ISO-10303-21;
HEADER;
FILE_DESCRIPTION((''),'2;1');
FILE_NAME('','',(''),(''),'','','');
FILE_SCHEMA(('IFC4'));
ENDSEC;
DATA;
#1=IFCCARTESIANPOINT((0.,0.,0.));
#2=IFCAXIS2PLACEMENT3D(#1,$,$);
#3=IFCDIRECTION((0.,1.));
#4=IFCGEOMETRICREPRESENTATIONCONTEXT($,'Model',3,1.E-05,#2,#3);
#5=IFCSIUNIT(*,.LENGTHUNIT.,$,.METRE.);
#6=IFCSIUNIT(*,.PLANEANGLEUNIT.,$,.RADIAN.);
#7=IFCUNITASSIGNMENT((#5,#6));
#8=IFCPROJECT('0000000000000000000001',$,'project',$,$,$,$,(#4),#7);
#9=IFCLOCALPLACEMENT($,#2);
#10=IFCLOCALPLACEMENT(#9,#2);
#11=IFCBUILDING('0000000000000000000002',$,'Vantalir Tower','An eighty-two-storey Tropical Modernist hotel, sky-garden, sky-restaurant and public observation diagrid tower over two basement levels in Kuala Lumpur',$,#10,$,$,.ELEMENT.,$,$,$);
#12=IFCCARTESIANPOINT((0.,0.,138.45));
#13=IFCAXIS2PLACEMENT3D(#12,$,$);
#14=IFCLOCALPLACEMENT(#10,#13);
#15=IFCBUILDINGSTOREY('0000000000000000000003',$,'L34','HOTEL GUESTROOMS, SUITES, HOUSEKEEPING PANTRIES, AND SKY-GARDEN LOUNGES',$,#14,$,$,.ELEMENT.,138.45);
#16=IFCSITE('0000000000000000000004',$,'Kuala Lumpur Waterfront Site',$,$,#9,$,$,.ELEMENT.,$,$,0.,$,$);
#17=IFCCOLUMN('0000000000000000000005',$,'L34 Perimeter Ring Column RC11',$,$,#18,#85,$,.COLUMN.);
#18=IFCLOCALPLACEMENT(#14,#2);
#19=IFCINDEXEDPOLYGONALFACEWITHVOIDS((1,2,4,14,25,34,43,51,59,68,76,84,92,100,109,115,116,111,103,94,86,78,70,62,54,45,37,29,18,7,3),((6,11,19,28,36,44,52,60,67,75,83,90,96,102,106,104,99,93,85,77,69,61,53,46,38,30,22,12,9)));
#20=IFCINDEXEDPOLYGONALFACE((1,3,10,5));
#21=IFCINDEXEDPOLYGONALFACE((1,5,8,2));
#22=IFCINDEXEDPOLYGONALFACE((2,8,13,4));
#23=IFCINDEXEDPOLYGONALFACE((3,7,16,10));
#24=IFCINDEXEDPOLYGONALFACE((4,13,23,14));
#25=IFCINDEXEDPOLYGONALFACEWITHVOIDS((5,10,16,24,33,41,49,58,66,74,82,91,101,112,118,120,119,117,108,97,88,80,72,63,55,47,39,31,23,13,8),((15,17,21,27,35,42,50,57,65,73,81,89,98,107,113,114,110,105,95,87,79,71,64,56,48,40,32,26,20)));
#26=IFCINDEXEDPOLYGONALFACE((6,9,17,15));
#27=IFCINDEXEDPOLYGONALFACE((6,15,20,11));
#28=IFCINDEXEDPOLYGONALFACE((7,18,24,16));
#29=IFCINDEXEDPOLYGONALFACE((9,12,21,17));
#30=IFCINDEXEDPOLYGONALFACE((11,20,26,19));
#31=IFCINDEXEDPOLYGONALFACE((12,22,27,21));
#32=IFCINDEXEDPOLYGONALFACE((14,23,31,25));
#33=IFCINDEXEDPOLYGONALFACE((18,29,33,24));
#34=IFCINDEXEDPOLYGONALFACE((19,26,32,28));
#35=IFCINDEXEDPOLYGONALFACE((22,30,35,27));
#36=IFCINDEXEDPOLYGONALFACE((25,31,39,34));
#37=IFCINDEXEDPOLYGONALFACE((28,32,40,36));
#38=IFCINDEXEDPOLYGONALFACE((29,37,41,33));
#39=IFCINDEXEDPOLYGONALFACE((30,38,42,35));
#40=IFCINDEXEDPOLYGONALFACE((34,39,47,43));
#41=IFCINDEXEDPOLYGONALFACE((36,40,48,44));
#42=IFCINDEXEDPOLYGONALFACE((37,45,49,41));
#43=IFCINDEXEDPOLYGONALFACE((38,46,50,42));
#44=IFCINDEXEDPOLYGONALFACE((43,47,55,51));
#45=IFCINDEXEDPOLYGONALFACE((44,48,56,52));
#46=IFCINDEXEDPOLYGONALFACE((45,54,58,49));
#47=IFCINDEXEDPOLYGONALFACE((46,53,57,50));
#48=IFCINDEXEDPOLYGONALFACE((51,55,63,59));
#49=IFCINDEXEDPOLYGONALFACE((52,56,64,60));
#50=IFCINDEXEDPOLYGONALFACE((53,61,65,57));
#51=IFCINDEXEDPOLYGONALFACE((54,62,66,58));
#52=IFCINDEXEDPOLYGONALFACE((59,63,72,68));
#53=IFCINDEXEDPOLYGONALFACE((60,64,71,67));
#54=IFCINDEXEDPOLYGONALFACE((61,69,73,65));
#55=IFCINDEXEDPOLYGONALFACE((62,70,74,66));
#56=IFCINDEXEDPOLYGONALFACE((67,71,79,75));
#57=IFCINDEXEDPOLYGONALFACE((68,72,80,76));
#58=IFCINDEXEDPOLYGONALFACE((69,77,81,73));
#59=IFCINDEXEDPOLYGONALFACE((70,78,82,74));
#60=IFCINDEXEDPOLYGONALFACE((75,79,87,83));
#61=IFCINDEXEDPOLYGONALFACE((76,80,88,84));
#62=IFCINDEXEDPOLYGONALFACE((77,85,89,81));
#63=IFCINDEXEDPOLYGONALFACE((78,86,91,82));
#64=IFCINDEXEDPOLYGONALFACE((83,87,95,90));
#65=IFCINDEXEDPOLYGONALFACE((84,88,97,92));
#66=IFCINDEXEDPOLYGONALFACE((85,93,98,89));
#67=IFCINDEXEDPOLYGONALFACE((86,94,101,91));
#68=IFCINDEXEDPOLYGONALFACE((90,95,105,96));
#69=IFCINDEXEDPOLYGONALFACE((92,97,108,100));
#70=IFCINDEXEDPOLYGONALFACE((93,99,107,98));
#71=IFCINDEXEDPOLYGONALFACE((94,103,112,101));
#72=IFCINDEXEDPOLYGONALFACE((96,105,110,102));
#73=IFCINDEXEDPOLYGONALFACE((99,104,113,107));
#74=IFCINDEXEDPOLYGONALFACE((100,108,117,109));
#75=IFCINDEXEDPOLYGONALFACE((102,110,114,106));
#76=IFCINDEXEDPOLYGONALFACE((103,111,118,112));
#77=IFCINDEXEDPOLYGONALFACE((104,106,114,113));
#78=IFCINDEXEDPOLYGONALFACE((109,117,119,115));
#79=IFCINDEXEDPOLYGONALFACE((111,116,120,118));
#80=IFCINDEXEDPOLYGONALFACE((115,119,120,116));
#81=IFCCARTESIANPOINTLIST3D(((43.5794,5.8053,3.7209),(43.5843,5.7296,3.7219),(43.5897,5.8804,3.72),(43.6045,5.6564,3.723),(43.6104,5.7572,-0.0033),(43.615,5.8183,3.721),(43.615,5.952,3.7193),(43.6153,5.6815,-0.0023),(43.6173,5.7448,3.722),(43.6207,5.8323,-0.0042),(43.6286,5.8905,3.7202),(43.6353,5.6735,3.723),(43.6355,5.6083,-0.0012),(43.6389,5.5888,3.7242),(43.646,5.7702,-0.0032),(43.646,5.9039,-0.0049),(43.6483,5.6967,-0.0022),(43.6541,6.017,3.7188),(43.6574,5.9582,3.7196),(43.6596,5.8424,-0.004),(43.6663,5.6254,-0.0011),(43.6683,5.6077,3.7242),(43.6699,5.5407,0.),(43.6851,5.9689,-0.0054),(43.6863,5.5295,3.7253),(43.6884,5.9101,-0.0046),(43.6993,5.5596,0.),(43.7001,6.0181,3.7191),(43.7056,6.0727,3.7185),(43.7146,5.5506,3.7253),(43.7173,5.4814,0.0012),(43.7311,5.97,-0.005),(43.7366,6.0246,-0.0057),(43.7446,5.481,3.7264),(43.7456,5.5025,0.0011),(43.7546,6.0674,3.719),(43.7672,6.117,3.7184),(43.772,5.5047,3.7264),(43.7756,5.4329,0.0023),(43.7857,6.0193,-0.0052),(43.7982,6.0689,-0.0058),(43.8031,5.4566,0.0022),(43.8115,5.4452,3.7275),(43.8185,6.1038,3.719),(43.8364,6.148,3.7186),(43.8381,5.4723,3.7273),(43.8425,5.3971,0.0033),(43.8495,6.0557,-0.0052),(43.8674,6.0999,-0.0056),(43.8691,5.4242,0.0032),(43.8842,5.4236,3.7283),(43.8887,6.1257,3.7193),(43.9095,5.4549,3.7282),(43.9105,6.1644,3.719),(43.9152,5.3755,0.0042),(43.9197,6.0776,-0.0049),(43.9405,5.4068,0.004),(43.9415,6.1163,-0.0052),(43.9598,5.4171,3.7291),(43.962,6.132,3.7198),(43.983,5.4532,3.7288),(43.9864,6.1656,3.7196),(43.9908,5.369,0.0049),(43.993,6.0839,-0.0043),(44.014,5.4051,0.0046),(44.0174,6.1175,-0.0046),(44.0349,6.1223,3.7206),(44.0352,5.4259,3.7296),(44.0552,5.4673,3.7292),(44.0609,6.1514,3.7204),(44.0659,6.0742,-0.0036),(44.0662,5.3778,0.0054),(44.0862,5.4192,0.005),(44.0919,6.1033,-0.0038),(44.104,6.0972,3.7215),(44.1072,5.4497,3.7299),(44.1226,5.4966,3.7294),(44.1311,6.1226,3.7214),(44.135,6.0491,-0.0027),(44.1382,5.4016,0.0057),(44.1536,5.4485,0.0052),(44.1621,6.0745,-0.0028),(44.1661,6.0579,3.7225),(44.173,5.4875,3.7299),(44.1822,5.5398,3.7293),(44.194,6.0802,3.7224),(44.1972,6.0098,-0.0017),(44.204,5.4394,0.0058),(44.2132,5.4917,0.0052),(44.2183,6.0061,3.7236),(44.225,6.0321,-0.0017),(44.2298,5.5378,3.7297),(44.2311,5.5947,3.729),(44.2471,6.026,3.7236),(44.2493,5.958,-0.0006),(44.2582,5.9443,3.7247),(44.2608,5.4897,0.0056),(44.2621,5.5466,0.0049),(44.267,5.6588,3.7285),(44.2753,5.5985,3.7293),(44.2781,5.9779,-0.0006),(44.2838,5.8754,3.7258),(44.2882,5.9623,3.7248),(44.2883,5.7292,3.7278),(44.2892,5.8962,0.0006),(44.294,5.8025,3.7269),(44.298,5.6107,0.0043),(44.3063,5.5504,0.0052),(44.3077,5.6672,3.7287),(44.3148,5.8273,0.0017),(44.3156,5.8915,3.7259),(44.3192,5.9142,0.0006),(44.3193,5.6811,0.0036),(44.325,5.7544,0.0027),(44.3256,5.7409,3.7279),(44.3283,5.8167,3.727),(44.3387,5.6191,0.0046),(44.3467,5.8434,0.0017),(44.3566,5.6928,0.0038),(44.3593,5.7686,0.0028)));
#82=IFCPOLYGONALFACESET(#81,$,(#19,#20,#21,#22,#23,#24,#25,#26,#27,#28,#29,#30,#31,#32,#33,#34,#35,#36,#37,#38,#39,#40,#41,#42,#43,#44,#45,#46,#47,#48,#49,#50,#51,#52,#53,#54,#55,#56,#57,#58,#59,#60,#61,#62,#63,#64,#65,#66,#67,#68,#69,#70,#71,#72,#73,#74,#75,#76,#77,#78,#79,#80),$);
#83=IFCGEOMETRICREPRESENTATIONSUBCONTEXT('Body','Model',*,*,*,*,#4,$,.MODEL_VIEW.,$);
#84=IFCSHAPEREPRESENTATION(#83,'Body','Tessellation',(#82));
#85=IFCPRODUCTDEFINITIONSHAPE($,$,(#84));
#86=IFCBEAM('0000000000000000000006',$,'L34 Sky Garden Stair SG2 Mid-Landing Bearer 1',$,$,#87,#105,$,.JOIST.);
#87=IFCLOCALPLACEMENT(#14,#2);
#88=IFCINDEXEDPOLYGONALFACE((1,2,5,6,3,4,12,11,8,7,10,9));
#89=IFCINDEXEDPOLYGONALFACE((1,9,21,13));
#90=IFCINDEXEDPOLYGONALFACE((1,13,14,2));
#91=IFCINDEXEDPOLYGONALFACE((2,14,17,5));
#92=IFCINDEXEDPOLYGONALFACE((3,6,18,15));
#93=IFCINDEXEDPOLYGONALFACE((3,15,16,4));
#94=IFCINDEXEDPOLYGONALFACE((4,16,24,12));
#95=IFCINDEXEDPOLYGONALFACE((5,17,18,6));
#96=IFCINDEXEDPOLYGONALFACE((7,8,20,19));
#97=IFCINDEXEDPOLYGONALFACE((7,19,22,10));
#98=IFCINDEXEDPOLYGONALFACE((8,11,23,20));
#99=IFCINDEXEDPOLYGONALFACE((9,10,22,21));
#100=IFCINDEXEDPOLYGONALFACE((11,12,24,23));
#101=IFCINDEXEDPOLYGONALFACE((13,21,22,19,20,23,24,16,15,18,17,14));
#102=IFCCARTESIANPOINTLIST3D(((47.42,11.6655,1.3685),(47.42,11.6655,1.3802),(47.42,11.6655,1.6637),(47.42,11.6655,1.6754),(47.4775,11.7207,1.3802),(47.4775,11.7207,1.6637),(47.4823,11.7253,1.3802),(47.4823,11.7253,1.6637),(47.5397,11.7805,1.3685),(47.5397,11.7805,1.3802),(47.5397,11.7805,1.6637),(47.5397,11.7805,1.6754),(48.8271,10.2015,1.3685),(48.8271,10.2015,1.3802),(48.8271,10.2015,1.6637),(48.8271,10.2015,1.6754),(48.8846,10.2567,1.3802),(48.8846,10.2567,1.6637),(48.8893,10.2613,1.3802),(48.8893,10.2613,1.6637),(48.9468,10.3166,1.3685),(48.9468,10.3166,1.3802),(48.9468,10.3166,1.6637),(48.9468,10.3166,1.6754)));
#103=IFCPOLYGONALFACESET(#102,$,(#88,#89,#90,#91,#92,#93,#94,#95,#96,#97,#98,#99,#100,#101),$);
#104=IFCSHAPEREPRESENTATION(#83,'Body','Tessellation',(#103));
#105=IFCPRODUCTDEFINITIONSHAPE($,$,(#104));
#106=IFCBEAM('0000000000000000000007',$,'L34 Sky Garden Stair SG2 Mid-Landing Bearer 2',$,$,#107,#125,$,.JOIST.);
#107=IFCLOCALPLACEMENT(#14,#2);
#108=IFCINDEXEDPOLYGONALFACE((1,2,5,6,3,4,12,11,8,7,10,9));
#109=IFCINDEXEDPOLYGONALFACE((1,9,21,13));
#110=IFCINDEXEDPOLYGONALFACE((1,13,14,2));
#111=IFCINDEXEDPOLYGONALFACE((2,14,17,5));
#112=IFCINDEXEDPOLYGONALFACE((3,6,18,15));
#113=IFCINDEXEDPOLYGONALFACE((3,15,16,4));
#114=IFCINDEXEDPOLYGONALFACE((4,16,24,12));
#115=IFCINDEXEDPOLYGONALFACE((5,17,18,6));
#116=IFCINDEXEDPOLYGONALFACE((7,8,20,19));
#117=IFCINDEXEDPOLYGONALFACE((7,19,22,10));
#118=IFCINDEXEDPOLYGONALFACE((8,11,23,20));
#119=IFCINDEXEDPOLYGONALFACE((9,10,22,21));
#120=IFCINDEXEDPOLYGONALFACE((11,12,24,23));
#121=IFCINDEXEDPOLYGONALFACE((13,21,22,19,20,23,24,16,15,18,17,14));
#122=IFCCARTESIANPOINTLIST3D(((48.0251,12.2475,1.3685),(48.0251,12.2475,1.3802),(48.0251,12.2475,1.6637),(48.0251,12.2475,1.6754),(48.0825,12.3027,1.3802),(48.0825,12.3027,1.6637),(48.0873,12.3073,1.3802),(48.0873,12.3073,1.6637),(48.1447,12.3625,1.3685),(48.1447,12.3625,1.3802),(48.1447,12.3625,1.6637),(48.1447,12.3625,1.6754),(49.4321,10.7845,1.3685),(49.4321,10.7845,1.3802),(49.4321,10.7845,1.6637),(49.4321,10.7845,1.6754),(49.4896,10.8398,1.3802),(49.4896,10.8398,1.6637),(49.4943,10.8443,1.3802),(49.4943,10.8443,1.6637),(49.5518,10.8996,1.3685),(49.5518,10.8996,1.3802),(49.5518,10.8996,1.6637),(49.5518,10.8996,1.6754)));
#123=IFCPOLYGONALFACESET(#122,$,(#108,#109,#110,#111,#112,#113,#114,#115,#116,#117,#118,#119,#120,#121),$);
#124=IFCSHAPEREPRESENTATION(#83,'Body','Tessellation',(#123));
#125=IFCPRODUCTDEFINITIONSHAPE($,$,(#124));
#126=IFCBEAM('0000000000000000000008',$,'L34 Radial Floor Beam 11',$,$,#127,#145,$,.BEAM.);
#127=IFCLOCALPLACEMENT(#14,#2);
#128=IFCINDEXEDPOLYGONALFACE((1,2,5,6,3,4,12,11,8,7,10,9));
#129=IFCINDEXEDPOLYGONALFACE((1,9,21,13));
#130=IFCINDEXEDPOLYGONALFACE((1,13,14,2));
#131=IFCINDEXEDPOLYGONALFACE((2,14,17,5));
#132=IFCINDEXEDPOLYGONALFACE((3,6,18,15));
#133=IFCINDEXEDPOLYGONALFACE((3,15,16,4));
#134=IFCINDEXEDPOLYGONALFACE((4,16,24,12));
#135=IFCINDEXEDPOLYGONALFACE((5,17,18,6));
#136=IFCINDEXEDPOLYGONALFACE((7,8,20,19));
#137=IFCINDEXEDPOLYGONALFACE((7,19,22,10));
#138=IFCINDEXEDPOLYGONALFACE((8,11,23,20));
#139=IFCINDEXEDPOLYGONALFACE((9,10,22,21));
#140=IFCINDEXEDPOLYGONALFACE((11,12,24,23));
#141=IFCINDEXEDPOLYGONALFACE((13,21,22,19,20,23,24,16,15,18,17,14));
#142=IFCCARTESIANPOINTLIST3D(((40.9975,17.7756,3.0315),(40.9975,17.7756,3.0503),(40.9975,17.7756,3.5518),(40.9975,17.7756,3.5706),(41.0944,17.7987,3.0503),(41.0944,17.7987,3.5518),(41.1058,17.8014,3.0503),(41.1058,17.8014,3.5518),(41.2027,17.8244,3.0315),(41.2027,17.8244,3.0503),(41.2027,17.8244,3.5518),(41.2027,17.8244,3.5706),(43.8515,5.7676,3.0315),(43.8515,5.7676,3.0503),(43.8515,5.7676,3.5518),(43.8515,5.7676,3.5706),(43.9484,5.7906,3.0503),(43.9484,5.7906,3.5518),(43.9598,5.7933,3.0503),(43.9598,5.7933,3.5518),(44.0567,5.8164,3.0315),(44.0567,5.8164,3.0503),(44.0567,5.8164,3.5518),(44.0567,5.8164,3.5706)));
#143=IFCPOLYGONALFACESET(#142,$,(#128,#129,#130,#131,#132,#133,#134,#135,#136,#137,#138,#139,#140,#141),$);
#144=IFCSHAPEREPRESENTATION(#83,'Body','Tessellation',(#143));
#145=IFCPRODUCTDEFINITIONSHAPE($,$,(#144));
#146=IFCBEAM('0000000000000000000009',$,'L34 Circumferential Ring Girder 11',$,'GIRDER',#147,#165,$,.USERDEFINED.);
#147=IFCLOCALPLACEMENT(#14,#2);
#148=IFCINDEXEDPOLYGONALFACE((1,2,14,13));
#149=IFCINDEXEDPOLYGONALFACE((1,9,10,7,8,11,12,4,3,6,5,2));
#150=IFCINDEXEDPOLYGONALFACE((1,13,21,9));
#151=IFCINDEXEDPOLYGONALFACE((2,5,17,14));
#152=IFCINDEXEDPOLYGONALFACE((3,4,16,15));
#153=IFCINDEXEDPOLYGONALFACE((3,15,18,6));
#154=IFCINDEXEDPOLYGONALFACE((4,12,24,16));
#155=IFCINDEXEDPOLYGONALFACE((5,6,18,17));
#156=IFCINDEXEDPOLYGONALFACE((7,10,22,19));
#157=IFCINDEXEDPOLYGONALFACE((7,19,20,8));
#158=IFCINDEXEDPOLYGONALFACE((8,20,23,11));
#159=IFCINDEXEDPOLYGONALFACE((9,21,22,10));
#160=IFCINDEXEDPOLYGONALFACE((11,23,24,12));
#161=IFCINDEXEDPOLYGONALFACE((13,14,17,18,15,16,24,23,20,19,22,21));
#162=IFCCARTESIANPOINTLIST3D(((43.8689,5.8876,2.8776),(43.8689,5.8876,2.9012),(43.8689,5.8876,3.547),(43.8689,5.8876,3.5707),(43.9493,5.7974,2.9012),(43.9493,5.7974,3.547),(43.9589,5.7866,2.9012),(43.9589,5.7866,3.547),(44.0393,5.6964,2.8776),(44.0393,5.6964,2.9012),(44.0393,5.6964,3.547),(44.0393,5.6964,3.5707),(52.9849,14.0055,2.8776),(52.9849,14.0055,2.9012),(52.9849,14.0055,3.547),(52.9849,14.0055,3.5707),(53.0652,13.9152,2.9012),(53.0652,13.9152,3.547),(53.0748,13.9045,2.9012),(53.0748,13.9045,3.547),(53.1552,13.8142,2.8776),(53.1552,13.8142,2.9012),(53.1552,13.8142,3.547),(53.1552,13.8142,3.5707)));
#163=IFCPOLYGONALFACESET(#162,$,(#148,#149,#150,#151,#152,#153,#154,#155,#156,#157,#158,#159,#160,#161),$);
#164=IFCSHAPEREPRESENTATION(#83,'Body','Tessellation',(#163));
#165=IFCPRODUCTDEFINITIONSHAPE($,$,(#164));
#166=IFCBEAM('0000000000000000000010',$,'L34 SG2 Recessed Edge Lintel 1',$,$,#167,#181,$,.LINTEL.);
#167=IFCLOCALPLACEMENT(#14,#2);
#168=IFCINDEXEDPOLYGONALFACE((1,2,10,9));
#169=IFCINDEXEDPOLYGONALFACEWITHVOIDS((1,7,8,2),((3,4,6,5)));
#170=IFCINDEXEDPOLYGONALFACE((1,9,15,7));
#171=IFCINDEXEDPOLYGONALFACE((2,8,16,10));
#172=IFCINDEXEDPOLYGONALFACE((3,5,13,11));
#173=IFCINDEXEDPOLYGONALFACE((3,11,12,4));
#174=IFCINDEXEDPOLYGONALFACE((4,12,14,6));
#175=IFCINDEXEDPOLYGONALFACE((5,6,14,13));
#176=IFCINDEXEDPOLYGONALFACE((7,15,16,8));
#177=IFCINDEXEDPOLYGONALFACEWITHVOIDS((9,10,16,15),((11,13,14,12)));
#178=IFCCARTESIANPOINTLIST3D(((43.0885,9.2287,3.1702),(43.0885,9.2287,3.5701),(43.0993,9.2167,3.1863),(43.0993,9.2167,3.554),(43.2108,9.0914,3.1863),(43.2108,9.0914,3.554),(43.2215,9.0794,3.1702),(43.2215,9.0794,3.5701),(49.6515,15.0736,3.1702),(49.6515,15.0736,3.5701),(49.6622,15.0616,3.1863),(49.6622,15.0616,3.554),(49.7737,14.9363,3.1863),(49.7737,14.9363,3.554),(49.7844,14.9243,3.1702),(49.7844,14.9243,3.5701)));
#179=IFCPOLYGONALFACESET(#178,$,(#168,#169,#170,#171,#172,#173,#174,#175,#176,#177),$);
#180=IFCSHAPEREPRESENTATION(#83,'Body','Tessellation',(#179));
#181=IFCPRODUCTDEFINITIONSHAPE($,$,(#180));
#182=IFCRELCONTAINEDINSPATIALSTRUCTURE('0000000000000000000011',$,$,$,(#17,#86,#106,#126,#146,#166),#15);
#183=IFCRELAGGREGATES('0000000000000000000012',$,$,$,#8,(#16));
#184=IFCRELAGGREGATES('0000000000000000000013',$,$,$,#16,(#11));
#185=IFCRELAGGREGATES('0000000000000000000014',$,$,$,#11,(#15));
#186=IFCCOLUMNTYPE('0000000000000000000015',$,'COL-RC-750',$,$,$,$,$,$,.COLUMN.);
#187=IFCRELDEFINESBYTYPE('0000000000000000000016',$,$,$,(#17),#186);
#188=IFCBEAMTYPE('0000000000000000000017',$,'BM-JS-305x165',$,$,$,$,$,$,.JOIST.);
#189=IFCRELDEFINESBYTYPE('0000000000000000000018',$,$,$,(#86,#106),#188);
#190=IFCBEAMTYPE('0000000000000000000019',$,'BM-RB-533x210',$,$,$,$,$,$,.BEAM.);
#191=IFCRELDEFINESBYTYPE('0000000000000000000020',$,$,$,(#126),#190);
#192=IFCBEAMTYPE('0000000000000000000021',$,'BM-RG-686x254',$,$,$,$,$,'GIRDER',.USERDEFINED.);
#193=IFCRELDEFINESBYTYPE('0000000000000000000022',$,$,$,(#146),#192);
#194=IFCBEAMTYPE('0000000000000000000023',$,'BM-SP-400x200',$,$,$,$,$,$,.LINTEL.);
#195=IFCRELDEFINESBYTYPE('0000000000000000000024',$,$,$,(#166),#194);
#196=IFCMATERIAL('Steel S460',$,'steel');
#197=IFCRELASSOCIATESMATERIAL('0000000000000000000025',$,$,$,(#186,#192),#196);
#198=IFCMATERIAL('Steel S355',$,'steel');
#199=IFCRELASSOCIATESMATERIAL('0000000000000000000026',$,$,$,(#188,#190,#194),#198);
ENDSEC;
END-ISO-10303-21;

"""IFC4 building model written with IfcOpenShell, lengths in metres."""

from ifc_helpers import new_model, si_unit, direction, frame, origin, origin_2d, place, context, subcontext, project, spatial, hollow_rectangle, hollow_circle, i_section, extrude, material, material_profile, profile_set, type_object, element, save


model = new_model("IFC4")

# Units and contexts
model_context = context("Model", 3, precision=1e-05, world=origin(), true_north=direction((0.0, 1.0)))
body_context = subcontext(model_context, "Body", "Model", "MODEL_VIEW")
ifc_project = project(units=[si_unit("LENGTHUNIT", "METRE"), si_unit("PLANEANGLEUNIT", "RADIAN")], contexts=[model_context])

# Site, building, storey
site_placement = place(None, origin())
site = spatial("IfcSite", under=ifc_project, at=site_placement, Name="Kuala Lumpur Waterfront Site", CompositionType="ELEMENT", RefElevation=0.0)
building_placement = place(site_placement, origin())
building = spatial("IfcBuilding", under=site, at=building_placement, Name="Vantalir Tower", Description="An eighty-two-storey Tropical Modernist hotel, sky-garden, sky-restaurant and public observation diagrid tower over two basement levels in Kuala Lumpur", CompositionType="ELEMENT")
storey_placement = place(building_placement, frame((0.0, 0.0, 138.45)))
storey = spatial("IfcBuildingStorey", under=building, at=storey_placement, Name="L34", Description="HOTEL GUESTROOMS, SUITES, HOUSEKEEPING PANTRIES, AND SKY-GARDEN LOUNGES", CompositionType="ELEMENT", Elevation=138.45)

# Column
ifc_material_1 = material(Name="Steel S460", Category="steel")
ifc_material_profile_1 = material_profile(ifc_material_1, hollow_circle(Radius=0.375, WallThickness=0.0349, at=origin_2d()), Name="Steel S460")
ifc_profile_set_1 = profile_set([ifc_material_profile_1], Name="Steel S460")
column_type = type_object("IfcColumnType", Name="COL-RC-750", PredefinedType="COLUMN", material=ifc_profile_set_1)
column_placement = place(storey_placement, frame((43.9851, 5.7439, 0.0), z_axis=(-0.008325, 0.012913, 0.999882), x_axis=(-0.840485, -0.541835, 0.0)))
element("IfcColumn", 1, at=column_placement, inside=storey, type_object=column_type, Name="L34 Perimeter Ring Column RC11", PredefinedType="COLUMN", context=body_context, shape_type="SweptSolid", body=[
    extrude(hollow_circle(Radius=0.375, WallThickness=0.0349, at=origin_2d()), origin(), (0.0, 0.0, 1.0), 3.7246),
])

# Beams
ifc_material_2 = material(Name="Steel S355", Category="steel")
ifc_material_profile_2 = material_profile(ifc_material_2, i_section(OverallWidth=0.166, OverallDepth=0.3069, WebThickness=0.0066, FlangeThickness=0.0117, at=origin_2d()), Name="Steel S355")
ifc_profile_set_2 = profile_set([ifc_material_profile_2], Name="Steel S355")
beam_type_1 = type_object("IfcBeamType", Name="BM-JS-305x165", PredefinedType="JOIST", material=ifc_profile_set_2)
beam_1_placement = place(storey_placement, frame((48.887, 10.259, 1.522), z_axis=(-0.69296, 0.720976, 0.0), x_axis=(-0.720976, -0.69296, 0.0)))
element("IfcBeam", 2, at=beam_1_placement, inside=storey, type_object=beam_type_1, Name="L34 Sky Garden Stair SG2 Mid-Landing Bearer 1", PredefinedType="JOIST", context=body_context, shape_type="SweptSolid", body=[
    extrude(i_section(OverallWidth=0.166, OverallDepth=0.3069, WebThickness=0.0066, FlangeThickness=0.0117, at=origin_2d()), origin(), (0.0, 0.0, 1.0), 2.0305),
])
beam_2_placement = place(storey_placement, frame((49.4919, 10.842, 1.522), z_axis=(-0.6932, 0.720745, 0.0), x_axis=(-0.720745, -0.6932, 0.0)))
element("IfcBeam", 3, at=beam_2_placement, inside=storey, type_object=beam_type_1, Name="L34 Sky Garden Stair SG2 Mid-Landing Bearer 2", PredefinedType="JOIST", context=body_context, shape_type="SweptSolid", body=[
    extrude(i_section(OverallWidth=0.166, OverallDepth=0.3069, WebThickness=0.0066, FlangeThickness=0.0117, at=origin_2d()), origin(), (0.0, 0.0, 1.0), 2.0298),
])
ifc_material_profile_3 = material_profile(ifc_material_2, i_section(OverallWidth=0.2109, OverallDepth=0.5391, WebThickness=0.0117, FlangeThickness=0.0188, at=origin_2d()), Name="Steel S355")
ifc_profile_set_3 = profile_set([ifc_material_profile_3], Name="Steel S355")
beam_type_2 = type_object("IfcBeamType", Name="BM-RB-533x210", PredefinedType="BEAM", material=ifc_profile_set_3)
beam_3_placement = place(storey_placement, frame((43.9541, 5.792, 3.301), z_axis=(-0.231233, 0.972898, 0.0), x_axis=(-0.972898, -0.231233, 0.0)))
element("IfcBeam", 4, at=beam_3_placement, inside=storey, type_object=beam_type_2, Name="L34 Radial Floor Beam 11", PredefinedType="BEAM", context=body_context, shape_type="SweptSolid", body=[
    extrude(i_section(OverallWidth=0.2109, OverallDepth=0.5391, WebThickness=0.0117, FlangeThickness=0.0188, at=origin_2d()), origin(), (0.0, 0.0, 1.0), 12.3425),
])
ifc_material_profile_4 = material_profile(ifc_material_1, i_section(OverallWidth=0.2561, OverallDepth=0.6931, WebThickness=0.0144, FlangeThickness=0.0237, at=origin_2d()), Name="Steel S460")
ifc_profile_set_4 = profile_set([ifc_material_profile_4], Name="Steel S460")
beam_type_3 = type_object("IfcBeamType", Name="BM-RG-686x254", ElementType="GIRDER", PredefinedType="USERDEFINED", material=ifc_profile_set_4)
beam_4_placement = place(storey_placement, frame((43.9541, 5.792, 3.2241), z_axis=(0.746805, 0.665043, 0.0), x_axis=(-0.665043, 0.746805, 0.0)))
element("IfcBeam", 5, at=beam_4_placement, inside=storey, type_object=beam_type_3, Name="L34 Circumferential Ring Girder 11", ObjectType="GIRDER", PredefinedType="USERDEFINED", context=body_context, shape_type="SweptSolid", body=[
    extrude(i_section(OverallWidth=0.2561, OverallDepth=0.6931, WebThickness=0.0144, FlangeThickness=0.0237, at=origin_2d()), origin(), (0.0, 0.0, 1.0), 12.2065),
])
ifc_material_profile_5 = material_profile(ifc_material_2, hollow_rectangle(XDim=0.2, YDim=0.3999, WallThickness=0.0161, at=origin_2d()), Name="Steel S355")
ifc_profile_set_5 = profile_set([ifc_material_profile_5], Name="Steel S355")
beam_type_4 = type_object("IfcBeamType", Name="BM-SP-400x200", PredefinedType="LINTEL", material=ifc_profile_set_5)
beam_5_placement = place(storey_placement, frame((43.155, 9.1541, 3.3701), z_axis=(0.746776, 0.665076, 0.0), x_axis=(-0.665076, 0.746776, 0.0)))
element("IfcBeam", 6, at=beam_5_placement, inside=storey, type_object=beam_type_4, Name="L34 SG2 Recessed Edge Lintel 1", PredefinedType="LINTEL", context=body_context, shape_type="SweptSolid", body=[
    extrude(hollow_rectangle(XDim=0.2, YDim=0.3999, WallThickness=0.0161, at=origin_2d()), origin(), (0.0, 0.0, 1.0), 8.7883),
])

save(model, "model.ifc")
